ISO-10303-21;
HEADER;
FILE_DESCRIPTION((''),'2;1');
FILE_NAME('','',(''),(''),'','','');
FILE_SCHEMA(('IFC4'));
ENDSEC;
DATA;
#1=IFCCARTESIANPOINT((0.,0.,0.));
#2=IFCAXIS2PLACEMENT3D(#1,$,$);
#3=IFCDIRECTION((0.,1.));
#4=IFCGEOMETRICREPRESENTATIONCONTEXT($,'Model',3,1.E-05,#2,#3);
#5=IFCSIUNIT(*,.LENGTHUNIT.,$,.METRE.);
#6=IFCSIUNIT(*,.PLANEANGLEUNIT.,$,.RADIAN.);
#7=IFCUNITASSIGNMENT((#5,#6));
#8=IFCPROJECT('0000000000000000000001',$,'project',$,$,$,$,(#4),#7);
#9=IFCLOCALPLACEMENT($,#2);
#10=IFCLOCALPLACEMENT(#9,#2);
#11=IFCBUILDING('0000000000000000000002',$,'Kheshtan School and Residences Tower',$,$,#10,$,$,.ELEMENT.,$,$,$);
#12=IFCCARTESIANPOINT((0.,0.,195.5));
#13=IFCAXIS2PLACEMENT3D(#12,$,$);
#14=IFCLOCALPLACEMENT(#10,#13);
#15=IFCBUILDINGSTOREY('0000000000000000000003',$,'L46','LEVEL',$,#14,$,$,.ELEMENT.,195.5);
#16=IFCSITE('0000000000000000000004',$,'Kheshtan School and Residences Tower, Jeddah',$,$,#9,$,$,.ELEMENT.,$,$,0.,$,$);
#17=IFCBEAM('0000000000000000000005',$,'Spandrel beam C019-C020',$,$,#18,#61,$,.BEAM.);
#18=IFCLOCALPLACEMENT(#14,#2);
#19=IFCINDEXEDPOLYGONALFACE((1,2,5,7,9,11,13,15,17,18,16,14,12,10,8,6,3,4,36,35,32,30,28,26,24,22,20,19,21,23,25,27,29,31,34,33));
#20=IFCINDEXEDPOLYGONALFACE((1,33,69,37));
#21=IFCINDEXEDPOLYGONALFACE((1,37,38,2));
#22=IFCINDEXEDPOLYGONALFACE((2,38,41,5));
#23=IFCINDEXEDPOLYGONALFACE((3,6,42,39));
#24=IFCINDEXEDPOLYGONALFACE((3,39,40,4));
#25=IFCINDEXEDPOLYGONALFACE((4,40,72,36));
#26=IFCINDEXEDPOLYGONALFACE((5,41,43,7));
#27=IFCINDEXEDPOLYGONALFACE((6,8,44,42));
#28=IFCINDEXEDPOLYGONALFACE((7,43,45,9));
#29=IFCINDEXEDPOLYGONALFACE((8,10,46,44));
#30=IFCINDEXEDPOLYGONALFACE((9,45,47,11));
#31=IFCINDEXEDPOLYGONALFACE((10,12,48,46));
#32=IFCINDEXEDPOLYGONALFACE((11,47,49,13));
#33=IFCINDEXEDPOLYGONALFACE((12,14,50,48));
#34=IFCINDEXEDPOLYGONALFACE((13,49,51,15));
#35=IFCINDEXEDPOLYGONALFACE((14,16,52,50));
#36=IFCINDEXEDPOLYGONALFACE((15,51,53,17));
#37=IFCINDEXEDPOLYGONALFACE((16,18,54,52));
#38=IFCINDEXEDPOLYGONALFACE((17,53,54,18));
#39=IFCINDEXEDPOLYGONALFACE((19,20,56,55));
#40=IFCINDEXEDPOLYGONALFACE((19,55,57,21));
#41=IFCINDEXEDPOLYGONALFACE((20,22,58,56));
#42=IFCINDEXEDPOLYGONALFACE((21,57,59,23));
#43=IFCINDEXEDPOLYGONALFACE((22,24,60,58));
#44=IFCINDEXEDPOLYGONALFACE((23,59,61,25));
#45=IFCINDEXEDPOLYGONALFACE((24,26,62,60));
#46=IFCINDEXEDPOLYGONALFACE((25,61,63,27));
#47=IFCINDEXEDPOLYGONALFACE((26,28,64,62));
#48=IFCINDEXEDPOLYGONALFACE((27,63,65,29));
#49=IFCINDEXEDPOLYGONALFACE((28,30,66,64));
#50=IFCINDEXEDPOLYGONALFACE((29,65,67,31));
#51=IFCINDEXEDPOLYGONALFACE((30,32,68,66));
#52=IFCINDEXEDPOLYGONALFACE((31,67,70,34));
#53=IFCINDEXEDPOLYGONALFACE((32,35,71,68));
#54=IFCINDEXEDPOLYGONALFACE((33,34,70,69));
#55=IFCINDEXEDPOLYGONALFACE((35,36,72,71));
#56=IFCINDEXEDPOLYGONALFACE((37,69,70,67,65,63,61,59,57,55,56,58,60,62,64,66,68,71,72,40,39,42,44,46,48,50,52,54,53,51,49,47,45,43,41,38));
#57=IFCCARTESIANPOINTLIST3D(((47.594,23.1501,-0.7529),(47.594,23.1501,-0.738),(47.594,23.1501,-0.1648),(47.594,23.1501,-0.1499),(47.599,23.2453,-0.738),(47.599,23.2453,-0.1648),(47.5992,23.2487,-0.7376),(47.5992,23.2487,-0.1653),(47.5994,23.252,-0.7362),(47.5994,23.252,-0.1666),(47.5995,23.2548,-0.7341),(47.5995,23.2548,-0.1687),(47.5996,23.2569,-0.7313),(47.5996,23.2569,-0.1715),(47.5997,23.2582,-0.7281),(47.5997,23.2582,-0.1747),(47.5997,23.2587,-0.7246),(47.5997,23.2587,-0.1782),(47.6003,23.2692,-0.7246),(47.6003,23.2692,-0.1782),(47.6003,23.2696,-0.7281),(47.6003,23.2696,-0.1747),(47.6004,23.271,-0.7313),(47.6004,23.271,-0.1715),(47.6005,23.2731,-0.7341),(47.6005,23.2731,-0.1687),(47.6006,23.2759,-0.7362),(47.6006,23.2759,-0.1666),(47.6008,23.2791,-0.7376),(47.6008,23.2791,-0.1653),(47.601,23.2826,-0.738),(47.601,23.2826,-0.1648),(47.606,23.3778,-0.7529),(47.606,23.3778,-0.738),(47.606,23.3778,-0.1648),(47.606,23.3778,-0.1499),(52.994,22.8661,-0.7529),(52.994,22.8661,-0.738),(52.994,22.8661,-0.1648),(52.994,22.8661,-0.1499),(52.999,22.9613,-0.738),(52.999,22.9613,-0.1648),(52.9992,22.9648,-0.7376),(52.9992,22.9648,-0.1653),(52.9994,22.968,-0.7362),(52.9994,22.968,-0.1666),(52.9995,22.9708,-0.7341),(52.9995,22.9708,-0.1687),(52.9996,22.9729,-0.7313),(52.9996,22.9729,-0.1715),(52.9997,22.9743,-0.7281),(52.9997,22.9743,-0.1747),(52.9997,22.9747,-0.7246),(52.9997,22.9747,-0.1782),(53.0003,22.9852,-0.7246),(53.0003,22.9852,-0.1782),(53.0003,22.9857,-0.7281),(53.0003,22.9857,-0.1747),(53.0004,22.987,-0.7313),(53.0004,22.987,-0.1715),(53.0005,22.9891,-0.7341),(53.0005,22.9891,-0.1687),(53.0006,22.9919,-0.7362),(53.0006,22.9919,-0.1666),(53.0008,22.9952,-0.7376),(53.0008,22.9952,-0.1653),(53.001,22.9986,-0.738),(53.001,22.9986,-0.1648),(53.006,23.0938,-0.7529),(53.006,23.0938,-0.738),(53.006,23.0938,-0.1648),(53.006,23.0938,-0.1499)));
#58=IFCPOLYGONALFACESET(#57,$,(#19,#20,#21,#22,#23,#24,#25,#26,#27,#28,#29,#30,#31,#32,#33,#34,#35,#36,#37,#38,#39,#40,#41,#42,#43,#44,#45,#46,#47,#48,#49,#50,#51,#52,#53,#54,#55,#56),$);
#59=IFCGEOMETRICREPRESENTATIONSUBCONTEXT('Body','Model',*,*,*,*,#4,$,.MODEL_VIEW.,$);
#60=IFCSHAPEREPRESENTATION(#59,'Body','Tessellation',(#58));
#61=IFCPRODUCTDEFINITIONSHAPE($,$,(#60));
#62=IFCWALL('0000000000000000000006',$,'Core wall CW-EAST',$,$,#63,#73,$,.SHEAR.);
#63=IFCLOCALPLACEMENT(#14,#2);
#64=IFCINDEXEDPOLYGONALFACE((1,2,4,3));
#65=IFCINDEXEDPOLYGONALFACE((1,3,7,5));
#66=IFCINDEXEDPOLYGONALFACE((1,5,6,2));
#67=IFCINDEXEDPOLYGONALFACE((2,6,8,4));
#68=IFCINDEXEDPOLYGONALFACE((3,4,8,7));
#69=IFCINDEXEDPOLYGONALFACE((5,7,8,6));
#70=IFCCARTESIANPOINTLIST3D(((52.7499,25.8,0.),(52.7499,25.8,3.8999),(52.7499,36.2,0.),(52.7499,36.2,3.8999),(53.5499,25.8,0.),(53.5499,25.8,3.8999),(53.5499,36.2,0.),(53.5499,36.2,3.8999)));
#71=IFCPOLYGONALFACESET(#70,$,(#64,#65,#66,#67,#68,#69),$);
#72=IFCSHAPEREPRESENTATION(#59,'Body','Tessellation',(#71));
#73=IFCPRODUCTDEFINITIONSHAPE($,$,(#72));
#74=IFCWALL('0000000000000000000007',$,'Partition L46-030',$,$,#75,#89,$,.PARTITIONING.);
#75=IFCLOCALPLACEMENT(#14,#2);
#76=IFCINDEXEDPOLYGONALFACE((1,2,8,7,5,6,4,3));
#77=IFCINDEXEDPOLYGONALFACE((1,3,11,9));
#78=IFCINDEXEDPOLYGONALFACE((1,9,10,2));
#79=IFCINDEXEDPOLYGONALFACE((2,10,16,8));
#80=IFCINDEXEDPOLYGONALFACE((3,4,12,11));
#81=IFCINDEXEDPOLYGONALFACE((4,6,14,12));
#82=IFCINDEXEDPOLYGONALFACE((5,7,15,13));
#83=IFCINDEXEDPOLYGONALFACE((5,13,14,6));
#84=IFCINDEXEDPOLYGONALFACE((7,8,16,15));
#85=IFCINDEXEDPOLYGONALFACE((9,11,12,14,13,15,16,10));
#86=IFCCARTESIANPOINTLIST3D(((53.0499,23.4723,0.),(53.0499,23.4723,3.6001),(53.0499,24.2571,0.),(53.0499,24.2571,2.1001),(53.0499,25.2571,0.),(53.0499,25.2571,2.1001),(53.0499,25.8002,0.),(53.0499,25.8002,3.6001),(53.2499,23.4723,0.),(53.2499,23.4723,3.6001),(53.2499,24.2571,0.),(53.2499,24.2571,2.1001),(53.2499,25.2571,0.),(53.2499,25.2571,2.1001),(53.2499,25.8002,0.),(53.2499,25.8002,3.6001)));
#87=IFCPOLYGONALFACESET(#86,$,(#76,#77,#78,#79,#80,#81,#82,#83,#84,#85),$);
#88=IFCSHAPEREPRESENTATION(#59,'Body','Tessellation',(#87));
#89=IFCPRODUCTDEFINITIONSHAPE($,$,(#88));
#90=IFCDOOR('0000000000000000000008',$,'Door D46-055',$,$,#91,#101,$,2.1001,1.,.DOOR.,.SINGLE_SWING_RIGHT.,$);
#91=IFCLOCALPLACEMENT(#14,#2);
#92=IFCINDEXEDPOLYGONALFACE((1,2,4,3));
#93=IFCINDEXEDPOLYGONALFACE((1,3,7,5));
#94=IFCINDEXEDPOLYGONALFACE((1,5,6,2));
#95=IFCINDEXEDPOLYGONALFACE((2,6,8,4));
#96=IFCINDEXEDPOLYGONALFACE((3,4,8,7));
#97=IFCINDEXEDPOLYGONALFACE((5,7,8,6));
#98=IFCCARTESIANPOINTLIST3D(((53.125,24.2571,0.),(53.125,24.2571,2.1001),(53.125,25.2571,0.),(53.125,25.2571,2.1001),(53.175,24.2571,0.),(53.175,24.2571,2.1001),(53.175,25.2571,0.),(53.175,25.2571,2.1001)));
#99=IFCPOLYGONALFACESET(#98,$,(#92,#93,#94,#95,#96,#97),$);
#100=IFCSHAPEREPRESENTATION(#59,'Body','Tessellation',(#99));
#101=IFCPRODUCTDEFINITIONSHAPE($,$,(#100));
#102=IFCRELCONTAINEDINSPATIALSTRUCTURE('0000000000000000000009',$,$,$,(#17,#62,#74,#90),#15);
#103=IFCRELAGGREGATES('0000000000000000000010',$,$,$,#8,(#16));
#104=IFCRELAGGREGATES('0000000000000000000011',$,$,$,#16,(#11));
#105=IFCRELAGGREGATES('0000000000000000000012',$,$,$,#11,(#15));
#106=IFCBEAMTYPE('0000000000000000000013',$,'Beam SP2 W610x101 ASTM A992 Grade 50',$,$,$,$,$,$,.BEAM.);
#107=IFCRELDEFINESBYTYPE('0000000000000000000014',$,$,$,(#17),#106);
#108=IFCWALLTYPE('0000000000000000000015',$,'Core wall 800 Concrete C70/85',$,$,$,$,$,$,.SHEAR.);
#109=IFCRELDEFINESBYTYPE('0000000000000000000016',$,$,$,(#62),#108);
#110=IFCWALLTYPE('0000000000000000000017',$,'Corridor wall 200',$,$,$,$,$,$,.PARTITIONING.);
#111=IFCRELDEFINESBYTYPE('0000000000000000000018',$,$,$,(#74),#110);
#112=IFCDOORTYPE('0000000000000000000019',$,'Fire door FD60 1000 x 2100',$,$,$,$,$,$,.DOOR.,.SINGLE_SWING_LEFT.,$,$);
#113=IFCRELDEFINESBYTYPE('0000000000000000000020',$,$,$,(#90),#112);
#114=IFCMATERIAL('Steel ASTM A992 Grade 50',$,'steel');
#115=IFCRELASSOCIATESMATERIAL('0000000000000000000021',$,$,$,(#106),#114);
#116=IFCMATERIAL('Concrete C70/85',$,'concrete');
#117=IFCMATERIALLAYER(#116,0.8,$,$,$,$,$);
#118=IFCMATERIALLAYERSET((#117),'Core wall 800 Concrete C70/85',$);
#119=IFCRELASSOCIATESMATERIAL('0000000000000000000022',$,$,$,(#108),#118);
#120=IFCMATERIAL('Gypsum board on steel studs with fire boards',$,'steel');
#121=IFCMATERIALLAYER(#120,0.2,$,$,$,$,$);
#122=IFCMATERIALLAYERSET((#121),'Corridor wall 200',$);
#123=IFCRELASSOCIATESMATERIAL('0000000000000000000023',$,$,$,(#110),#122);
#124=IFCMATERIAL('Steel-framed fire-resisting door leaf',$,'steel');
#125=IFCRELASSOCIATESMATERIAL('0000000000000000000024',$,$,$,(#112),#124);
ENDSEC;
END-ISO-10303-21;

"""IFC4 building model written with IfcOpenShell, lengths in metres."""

from ifc_helpers import new_model, si_unit, direction, frame, frame_2d, origin, origin_2d, place, context, subcontext, project, spatial, rectangle, i_section, extrude, source, transform, mapped, material, layer, layer_set, material_profile, profile_set, type_object, element, fill, save


model = new_model("IFC4")

# Units and contexts
model_context = context("Model", 3, precision=1e-05, world=origin(), true_north=direction((0.0, 1.0)))
body_context = subcontext(model_context, "Body", "Model", "MODEL_VIEW")
ifc_project = project(units=[si_unit("LENGTHUNIT", "METRE"), si_unit("PLANEANGLEUNIT", "RADIAN")], contexts=[model_context])

# Site, building, storey
site_placement = place(None, origin())
site = spatial("IfcSite", under=ifc_project, at=site_placement, Name="Kheshtan School and Residences Tower, Jeddah", CompositionType="ELEMENT", RefElevation=0.0)
building_placement = place(site_placement, origin())
building = spatial("IfcBuilding", under=site, at=building_placement, Name="Kheshtan School and Residences Tower", CompositionType="ELEMENT")
storey_placement = place(building_placement, frame((0.0, 0.0, 195.5)))
storey = spatial("IfcBuildingStorey", under=building, at=storey_placement, Name="L46", Description="LEVEL", CompositionType="ELEMENT", Elevation=195.5)

# Shared definitions
ifc_material_1 = material(Name="Steel ASTM A992 Grade 50", Category="steel")

# Beam
ifc_material_profile_1 = material_profile(ifc_material_1, i_section(OverallWidth=0.228, OverallDepth=0.603, WebThickness=0.0105, FlangeThickness=0.0149, FilletRadius=0.0134, at=origin_2d()), Name="W610x101")
ifc_profile_set_1 = profile_set([ifc_material_profile_1], Name="Steel ASTM A992 Grade 50")
beam_type_1 = type_object("IfcBeamType", Name="Beam SP2 W610x101 ASTM A992 Grade 50", PredefinedType="BEAM", material=ifc_profile_set_1)
for number, where, z_axis, x_axis, name in (
    (1, (53.0, 22.98, -0.4514), (-0.99862, 0.052509, 0.0), (-0.052509, -0.99862, 0.0), "Spandrel beam C019-C020"),
):
    element("IfcBeam", number, at=place(storey_placement, frame(where, z_axis=z_axis, x_axis=x_axis)), inside=storey, type_object=beam_type_1, Name=name, PredefinedType="BEAM", context=body_context, shape_type="SweptSolid", body=[
        extrude(i_section(OverallWidth=0.228, OverallDepth=0.603, WebThickness=0.0105, FlangeThickness=0.0149, FilletRadius=0.0134, at=origin_2d()), origin(), (0.0, 0.0, 1.0), 5.4075),
    ])

# Wall
ifc_material_2 = material(Name="Concrete C70/85", Category="concrete")
ifc_layer_1 = layer(ifc_material_2, 0.8)
ifc_layer_set_1 = layer_set([ifc_layer_1], Name="Core wall 800 Concrete C70/85")
wall_type_1 = type_object("IfcWallType", Name="Core wall 800 Concrete C70/85", PredefinedType="SHEAR", material=ifc_layer_set_1)
wall_1_placement = place(storey_placement, frame((53.1499, 25.8, 0.0), z_axis=(0.0, 0.0, 1.0), x_axis=(0.0, 1.0, 0.0)))
element("IfcWall", 2, at=wall_1_placement, inside=storey, type_object=wall_type_1, Name="Core wall CW-EAST", PredefinedType="SHEAR", context=body_context, shape_type="SweptSolid", body=[
    extrude(rectangle(XDim=10.3999, YDim=0.8, at=frame_2d((5.2, 0.0))), origin(), (0.0, 0.0, 1.0), 3.8999),
])

# Wall, opening, door
ifc_material_3 = material(Name="Gypsum board on steel studs with fire boards", Category="steel")
ifc_layer_2 = layer(ifc_material_3, 0.2)
ifc_layer_set_2 = layer_set([ifc_layer_2], Name="Corridor wall 200")
wall_type_2 = type_object("IfcWallType", Name="Corridor wall 200", PredefinedType="PARTITIONING", material=ifc_layer_set_2)
wall_2_placement = place(storey_placement, frame((53.1499, 23.4722, 0.0), z_axis=(0.0, 0.0, 1.0), x_axis=(0.0, 1.0, 0.0)))
wall_2 = element("IfcWall", 3, at=wall_2_placement, inside=storey, type_object=wall_type_2, Name="Partition L46-030", PredefinedType="PARTITIONING", context=body_context, shape_type="SweptSolid", body=[
    extrude(rectangle(XDim=2.3279, YDim=0.2, at=frame_2d((1.1641, 0.0))), origin(), (0.0, 0.0, 1.0), 3.6001),
])
opening_1_placement = place(wall_2_placement, frame((0.7849, 0.0, 0.0)))
opening_1 = element("IfcOpeningElement", 4, at=opening_1_placement, cuts=wall_2, PredefinedType="OPENING", context=body_context, shape_type="SweptSolid", body=[
    extrude(rectangle(XDim=1.0, YDim=2.1001, at=frame_2d((0.5, 1.05))), frame((0.0, 0.1099, 0.0), z_axis=(0.0, -1.0, 0.0), x_axis=(1.0, 0.0, 0.0)), (0.0, 0.0, 1.0), 0.22),
])
ifc_material_4 = material(Name="Steel-framed fire-resisting door leaf", Category="steel")
door_type_1 = type_object("IfcDoorType", Name="Fire door FD60 1000 x 2100", OperationType="SINGLE_SWING_LEFT", PredefinedType="DOOR", material=ifc_material_4)
shared_shape_1 = source(origin(), body_context, "Body", "SweptSolid", [
    extrude(rectangle(XDim=1.0, YDim=2.1001, at=frame_2d((0.5, 1.05))), frame((0.0, 0.0249, 0.0), z_axis=(0.0, -1.0, 0.0), x_axis=(1.0, 0.0, 0.0)), (0.0, 0.0, 1.0), 0.05),
])
door_1_placement = place(opening_1_placement, origin())
door_1 = element("IfcDoor", 5, at=door_1_placement, inside=storey, type_object=door_type_1, Name="Door D46-055", OperationType="SINGLE_SWING_RIGHT", OverallHeight=2.1001, OverallWidth=1.0, PredefinedType="DOOR", context=body_context, shape_type="MappedRepresentation", body=[
    mapped(shared_shape_1, transform((0.0, 0.0, 0.0), x_axis=(1.0, 0.0, 0.0), y_axis=(0.0, 1.0, 0.0), z_axis=(0.0, 0.0, 1.0), scale=1.0)),
])
fill(opening_1, door_1)

save(model, "model.ifc")
